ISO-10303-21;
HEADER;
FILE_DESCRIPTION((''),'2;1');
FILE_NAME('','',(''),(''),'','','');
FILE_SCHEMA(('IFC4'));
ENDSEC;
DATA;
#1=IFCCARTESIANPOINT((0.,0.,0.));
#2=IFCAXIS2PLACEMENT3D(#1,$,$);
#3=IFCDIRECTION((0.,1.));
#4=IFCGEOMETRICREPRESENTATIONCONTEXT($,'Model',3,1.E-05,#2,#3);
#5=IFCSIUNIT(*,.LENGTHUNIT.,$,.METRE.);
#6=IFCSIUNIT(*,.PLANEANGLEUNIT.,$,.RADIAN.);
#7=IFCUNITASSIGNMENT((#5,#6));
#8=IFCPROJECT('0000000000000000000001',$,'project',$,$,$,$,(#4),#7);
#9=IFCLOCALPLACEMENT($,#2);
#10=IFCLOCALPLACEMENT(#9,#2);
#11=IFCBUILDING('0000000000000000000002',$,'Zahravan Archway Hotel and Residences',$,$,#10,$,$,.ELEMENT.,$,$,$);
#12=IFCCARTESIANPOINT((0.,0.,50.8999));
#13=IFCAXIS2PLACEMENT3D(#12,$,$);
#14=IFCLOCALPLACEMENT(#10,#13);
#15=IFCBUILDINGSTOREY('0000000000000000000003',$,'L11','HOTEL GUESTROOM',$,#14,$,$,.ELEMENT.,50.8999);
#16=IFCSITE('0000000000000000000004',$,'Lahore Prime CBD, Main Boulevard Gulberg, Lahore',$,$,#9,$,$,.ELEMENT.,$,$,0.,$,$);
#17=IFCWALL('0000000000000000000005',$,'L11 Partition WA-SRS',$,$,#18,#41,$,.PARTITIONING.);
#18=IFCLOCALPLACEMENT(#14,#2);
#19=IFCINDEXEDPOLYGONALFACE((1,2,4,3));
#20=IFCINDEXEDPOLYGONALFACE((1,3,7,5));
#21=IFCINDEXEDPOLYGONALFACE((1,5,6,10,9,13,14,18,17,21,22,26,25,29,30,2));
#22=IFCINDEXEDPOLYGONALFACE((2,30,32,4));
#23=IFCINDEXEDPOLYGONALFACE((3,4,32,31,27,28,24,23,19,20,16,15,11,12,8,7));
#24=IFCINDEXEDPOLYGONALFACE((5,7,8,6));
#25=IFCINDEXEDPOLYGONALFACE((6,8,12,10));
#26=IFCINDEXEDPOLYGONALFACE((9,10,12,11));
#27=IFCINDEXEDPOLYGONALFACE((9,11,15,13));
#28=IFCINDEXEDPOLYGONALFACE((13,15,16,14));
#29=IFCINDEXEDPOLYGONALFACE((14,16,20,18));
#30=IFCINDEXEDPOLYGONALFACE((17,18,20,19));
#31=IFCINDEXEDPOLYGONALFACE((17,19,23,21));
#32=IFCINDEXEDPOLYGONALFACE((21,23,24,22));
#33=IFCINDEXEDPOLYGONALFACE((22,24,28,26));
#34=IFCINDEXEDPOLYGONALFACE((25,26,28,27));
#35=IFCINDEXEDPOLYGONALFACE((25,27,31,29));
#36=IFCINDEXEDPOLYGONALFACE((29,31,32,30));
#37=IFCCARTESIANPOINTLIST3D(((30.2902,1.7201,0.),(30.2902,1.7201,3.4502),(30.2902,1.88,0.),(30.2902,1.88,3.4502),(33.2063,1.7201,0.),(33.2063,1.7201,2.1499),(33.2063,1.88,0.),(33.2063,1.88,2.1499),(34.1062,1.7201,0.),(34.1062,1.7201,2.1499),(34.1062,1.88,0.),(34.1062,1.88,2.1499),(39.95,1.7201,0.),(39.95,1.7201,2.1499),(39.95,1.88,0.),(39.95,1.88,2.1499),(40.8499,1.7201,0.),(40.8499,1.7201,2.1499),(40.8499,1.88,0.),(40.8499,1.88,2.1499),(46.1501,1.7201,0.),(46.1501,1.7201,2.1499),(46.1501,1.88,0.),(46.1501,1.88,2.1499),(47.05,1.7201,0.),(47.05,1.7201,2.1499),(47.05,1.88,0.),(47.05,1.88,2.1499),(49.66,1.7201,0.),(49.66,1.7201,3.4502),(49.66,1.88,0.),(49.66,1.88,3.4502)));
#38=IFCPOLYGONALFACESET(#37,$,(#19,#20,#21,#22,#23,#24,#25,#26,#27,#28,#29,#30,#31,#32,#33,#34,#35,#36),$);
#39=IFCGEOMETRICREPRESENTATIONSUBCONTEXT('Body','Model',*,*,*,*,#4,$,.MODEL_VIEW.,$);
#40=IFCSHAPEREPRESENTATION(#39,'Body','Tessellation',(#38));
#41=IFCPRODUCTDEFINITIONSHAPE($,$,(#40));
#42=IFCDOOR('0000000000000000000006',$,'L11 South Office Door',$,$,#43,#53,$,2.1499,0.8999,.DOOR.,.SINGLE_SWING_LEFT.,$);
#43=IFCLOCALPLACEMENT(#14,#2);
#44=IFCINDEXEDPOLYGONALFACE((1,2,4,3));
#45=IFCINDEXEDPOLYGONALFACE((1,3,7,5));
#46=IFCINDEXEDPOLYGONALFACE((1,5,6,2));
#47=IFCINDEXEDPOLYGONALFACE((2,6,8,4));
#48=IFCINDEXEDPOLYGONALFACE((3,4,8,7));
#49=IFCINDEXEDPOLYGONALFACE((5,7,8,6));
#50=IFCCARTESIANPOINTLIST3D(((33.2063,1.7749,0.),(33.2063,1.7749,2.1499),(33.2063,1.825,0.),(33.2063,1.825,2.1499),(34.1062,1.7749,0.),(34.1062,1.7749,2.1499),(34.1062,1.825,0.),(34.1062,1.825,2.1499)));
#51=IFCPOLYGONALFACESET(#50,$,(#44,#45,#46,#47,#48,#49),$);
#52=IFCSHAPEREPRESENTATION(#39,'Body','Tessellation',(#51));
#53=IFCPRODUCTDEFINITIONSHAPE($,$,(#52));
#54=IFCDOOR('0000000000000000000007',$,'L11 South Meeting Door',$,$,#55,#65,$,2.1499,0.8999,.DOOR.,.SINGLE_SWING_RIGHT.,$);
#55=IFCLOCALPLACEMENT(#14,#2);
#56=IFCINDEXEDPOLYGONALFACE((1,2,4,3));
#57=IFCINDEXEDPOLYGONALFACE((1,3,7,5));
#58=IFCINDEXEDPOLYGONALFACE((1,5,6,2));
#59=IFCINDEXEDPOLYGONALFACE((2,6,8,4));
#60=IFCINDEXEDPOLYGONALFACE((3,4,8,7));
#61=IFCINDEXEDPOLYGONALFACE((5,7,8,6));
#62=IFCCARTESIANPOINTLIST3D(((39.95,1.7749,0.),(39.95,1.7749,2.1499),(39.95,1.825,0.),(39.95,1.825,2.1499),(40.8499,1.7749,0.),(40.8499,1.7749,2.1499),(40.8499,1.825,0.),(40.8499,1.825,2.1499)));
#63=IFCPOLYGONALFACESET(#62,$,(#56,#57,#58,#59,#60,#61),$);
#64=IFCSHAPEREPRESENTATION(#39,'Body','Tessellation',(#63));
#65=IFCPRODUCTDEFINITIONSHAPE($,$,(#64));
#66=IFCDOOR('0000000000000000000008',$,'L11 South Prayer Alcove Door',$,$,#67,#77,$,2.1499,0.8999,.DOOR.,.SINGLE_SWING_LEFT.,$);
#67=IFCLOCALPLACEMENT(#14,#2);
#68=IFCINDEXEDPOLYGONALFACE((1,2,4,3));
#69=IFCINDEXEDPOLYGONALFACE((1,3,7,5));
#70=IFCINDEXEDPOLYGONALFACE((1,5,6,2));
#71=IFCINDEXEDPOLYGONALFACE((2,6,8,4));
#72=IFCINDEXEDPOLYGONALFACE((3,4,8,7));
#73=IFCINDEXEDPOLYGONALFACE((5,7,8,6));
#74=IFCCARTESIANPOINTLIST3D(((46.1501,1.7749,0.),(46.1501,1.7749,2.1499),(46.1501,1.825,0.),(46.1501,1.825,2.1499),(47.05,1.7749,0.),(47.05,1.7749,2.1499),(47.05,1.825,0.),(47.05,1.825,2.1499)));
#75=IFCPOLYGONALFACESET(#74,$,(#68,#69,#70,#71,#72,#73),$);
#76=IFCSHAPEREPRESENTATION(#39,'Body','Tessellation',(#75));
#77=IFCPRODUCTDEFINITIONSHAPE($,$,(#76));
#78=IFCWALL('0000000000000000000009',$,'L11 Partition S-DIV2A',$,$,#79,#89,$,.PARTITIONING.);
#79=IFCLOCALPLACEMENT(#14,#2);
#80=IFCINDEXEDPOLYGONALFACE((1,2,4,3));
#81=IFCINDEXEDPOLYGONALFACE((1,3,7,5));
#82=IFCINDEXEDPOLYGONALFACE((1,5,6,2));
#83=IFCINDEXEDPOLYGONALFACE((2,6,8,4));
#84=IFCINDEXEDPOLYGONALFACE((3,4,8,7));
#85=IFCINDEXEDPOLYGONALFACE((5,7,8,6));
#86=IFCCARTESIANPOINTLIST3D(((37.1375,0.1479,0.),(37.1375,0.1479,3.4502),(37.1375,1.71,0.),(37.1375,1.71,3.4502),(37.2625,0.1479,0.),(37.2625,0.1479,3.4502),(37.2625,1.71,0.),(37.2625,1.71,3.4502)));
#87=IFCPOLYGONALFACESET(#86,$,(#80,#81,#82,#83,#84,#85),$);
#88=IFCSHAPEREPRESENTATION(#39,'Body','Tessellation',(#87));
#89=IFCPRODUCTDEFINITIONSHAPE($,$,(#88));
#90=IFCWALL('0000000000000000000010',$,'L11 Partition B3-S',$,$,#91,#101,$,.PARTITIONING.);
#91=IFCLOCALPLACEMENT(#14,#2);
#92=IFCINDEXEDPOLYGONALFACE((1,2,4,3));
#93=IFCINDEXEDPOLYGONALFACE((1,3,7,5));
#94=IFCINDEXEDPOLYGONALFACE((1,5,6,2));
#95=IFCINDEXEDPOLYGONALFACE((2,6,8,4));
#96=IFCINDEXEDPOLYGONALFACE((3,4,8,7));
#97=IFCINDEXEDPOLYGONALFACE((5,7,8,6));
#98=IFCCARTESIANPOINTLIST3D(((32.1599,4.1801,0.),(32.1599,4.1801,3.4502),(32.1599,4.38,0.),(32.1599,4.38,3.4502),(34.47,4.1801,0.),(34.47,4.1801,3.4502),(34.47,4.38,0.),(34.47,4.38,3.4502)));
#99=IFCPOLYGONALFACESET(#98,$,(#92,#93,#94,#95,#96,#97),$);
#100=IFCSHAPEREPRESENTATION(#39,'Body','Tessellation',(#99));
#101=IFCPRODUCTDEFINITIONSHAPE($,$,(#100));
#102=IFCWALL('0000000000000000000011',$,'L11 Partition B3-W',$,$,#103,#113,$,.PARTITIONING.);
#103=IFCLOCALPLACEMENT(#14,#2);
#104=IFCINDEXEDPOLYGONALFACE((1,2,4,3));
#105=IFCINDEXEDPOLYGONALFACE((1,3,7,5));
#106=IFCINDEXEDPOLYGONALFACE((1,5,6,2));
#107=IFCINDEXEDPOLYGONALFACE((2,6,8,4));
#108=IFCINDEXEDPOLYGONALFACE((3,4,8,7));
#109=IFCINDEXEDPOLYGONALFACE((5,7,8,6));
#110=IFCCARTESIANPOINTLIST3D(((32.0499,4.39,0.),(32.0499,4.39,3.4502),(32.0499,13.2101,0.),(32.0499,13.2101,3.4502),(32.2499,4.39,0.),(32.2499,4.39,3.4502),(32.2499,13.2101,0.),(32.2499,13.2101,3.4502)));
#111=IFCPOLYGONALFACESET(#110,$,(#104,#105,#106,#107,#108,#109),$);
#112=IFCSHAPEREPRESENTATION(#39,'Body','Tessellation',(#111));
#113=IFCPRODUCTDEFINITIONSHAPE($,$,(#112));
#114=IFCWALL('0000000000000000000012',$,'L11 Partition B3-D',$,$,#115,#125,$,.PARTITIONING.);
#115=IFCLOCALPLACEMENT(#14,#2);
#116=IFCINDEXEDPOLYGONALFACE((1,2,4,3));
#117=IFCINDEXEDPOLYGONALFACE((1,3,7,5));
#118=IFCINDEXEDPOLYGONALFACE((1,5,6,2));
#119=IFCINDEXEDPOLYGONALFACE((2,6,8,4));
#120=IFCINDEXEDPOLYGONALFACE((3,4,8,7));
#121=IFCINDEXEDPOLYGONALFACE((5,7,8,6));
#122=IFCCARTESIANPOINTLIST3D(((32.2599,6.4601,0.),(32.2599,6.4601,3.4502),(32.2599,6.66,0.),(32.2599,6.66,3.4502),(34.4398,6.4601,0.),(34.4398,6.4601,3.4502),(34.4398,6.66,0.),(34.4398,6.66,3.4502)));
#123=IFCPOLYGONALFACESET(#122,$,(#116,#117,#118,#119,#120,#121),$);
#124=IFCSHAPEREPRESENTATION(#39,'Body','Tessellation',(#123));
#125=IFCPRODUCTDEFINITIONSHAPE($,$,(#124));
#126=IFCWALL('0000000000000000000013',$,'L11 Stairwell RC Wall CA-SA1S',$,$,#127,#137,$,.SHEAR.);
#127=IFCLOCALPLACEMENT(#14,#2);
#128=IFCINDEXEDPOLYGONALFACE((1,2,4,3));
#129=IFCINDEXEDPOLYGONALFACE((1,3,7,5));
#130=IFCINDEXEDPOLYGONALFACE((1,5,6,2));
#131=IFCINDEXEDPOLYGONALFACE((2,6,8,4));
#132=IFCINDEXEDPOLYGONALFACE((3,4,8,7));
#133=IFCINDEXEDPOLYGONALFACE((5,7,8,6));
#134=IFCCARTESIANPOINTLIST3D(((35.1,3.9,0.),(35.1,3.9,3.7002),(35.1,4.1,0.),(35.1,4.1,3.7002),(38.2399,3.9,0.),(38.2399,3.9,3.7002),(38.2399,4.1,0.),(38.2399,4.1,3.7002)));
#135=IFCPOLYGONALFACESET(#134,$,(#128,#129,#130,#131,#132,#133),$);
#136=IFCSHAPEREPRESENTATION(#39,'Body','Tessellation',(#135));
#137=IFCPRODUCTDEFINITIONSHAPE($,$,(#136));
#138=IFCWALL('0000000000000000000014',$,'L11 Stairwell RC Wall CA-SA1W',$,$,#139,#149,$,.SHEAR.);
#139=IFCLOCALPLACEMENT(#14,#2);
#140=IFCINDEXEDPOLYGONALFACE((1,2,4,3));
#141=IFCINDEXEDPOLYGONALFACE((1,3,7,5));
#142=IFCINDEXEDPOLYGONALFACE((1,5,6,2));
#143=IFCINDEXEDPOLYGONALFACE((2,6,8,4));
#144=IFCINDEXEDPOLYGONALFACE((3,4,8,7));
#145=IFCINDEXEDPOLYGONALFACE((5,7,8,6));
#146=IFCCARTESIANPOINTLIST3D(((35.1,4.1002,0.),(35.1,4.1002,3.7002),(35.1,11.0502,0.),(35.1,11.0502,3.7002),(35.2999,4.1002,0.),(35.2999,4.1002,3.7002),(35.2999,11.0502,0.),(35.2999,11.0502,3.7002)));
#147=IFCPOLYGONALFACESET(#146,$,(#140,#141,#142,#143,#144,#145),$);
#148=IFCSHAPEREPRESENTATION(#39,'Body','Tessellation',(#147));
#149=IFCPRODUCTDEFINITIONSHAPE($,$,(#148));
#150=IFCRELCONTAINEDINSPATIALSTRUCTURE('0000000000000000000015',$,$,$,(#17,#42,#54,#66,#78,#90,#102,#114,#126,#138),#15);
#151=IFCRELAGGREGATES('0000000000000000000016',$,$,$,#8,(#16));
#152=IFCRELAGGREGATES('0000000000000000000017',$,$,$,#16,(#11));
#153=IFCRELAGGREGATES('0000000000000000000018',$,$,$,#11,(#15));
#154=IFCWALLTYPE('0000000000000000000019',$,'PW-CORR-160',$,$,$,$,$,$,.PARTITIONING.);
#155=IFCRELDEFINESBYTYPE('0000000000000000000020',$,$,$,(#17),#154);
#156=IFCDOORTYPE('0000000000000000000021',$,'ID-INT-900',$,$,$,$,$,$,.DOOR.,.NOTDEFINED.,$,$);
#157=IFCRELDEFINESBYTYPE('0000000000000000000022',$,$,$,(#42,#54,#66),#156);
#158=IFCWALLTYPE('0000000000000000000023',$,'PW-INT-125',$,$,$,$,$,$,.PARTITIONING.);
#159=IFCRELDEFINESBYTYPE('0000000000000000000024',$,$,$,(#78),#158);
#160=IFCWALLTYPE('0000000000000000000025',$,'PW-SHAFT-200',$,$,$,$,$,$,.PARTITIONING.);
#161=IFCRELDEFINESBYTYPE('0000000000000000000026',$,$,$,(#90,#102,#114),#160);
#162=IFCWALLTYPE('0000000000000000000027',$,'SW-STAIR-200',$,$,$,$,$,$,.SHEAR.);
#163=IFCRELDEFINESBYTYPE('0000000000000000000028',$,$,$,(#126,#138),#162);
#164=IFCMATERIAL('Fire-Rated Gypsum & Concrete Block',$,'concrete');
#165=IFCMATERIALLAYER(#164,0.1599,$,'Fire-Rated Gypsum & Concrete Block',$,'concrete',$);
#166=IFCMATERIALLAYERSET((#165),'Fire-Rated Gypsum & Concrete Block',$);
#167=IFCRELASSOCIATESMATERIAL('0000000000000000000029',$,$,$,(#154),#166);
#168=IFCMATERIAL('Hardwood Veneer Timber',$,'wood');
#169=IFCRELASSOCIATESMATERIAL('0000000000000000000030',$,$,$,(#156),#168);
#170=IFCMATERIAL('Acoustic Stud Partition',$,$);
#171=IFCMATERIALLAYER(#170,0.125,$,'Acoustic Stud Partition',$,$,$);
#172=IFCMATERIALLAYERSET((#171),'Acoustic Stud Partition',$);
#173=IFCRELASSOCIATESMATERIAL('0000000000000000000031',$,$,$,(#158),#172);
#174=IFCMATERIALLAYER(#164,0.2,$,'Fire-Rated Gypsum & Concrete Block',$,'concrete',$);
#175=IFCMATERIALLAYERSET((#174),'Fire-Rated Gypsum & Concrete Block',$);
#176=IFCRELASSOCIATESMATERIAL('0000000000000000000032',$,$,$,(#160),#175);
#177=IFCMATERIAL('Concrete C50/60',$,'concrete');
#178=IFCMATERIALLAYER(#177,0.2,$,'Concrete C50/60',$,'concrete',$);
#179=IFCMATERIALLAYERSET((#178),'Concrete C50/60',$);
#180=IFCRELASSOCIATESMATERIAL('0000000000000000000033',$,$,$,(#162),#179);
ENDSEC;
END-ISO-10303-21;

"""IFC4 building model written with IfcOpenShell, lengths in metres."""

from ifc_helpers import new_model, si_unit, direction, frame, frame_2d, origin, place, context, subcontext, project, spatial, rectangle, extrude, source, transform, mapped, material, layer, layer_set, type_object, type_shapes, element, fill, save


model = new_model("IFC4")

# Units and contexts
model_context = context("Model", 3, precision=1e-05, world=origin(), true_north=direction((0.0, 1.0)))
body_context = subcontext(model_context, "Body", "Model", "MODEL_VIEW")
ifc_project = project(units=[si_unit("LENGTHUNIT", "METRE"), si_unit("PLANEANGLEUNIT", "RADIAN")], contexts=[model_context])

# Site, building, storey
site_placement = place(None, origin())
site = spatial("IfcSite", under=ifc_project, at=site_placement, Name="Lahore Prime CBD, Main Boulevard Gulberg, Lahore", CompositionType="ELEMENT", RefElevation=0.0)
building_placement = place(site_placement, origin())
building = spatial("IfcBuilding", under=site, at=building_placement, Name="Zahravan Archway Hotel and Residences", CompositionType="ELEMENT")
storey_placement = place(building_placement, frame((0.0, 0.0, 50.8999)))
storey = spatial("IfcBuildingStorey", under=building, at=storey_placement, Name="L11", Description="HOTEL GUESTROOM", CompositionType="ELEMENT", Elevation=50.8999)

# Shared definitions
ifc_material_1 = material(Name="Fire-Rated Gypsum & Concrete Block", Category="concrete")
ifc_layer_1 = layer(ifc_material_1, 0.1599, Name="Fire-Rated Gypsum & Concrete Block", Category="concrete")
ifc_layer_set_1 = layer_set([ifc_layer_1], Name="Fire-Rated Gypsum & Concrete Block")
wall_type_1 = type_object("IfcWallType", Name="PW-CORR-160", PredefinedType="PARTITIONING", material=ifc_layer_set_1)

# Wall, openings, doors
wall_1_placement = place(storey_placement, frame((30.29, 1.8, 0.0), z_axis=(0.0, 0.0, 1.0), x_axis=(1.0, 0.0, 0.0)))
wall_1 = element("IfcWall", 1, at=wall_1_placement, inside=storey, type_object=wall_type_1, Name="L11 Partition WA-SRS", PredefinedType="PARTITIONING", context=body_context, shape_type="SweptSolid", body=[
    extrude(rectangle(XDim=19.3699, YDim=0.1599, at=frame_2d((9.6851, 0.0))), origin(), (0.0, 0.0, 1.0), 3.4502),
])
opening_1_placement = place(wall_1_placement, frame((2.9163, 0.0, 0.0)))
opening_1 = element("IfcOpeningElement", 2, at=opening_1_placement, cuts=wall_1, PredefinedType="OPENING", context=body_context, shape_type="SweptSolid", body=[
    extrude(rectangle(XDim=0.8999, YDim=2.1499, at=frame_2d((0.45, 1.075))), frame((0.0, 0.0898, 0.0), z_axis=(0.0, -1.0, 0.0), x_axis=(1.0, 0.0, 0.0)), (0.0, 0.0, 1.0), 0.1799),
])
opening_2_placement = place(wall_1_placement, frame((9.6599, 0.0, 0.0)))
opening_2 = element("IfcOpeningElement", 3, at=opening_2_placement, cuts=wall_1, PredefinedType="OPENING", context=body_context, shape_type="SweptSolid", body=[
    extrude(rectangle(XDim=0.8999, YDim=2.1499, at=frame_2d((0.45, 1.075))), frame((0.0, 0.0898, 0.0), z_axis=(0.0, -1.0, 0.0), x_axis=(1.0, 0.0, 0.0)), (0.0, 0.0, 1.0), 0.1799),
])
opening_3_placement = place(wall_1_placement, frame((15.8601, 0.0, 0.0)))
opening_3 = element("IfcOpeningElement", 4, at=opening_3_placement, cuts=wall_1, PredefinedType="OPENING", context=body_context, shape_type="SweptSolid", body=[
    extrude(rectangle(XDim=0.8999, YDim=2.1499, at=frame_2d((0.45, 1.075))), frame((0.0, 0.0898, 0.0), z_axis=(0.0, -1.0, 0.0), x_axis=(1.0, 0.0, 0.0)), (0.0, 0.0, 1.0), 0.1799),
])
ifc_material_2 = material(Name="Hardwood Veneer Timber", Category="wood")
door_type_1 = type_object("IfcDoorType", Name="ID-INT-900", OperationType="NOTDEFINED", PredefinedType="DOOR", material=ifc_material_2)
shared_shape_1 = source(origin(), body_context, "Body", "SweptSolid", [
    extrude(rectangle(XDim=0.8999, YDim=2.1499, at=frame_2d((0.45, 1.075))), frame((0.0, 0.0249, 0.0), z_axis=(0.0, -1.0, 0.0), x_axis=(1.0, 0.0, 0.0)), (0.0, 0.0, 1.0), 0.05),
])
type_shapes(door_type_1, [shared_shape_1])
door_1_placement = place(opening_1_placement, origin())
door_1 = element("IfcDoor", 5, at=door_1_placement, inside=storey, type_object=door_type_1, Name="L11 South Office Door", OperationType="SINGLE_SWING_LEFT", OverallHeight=2.1499, OverallWidth=0.8999, PredefinedType="DOOR", context=body_context, shape_type="MappedRepresentation", body=[
    mapped(shared_shape_1, transform((0.0, 0.0, 0.0), scale=1.0)),
])
fill(opening_1, door_1)
door_2_placement = place(opening_2_placement, origin())
door_2 = element("IfcDoor", 6, at=door_2_placement, inside=storey, type_object=door_type_1, Name="L11 South Meeting Door", OperationType="SINGLE_SWING_RIGHT", OverallHeight=2.1499, OverallWidth=0.8999, PredefinedType="DOOR", context=body_context, shape_type="MappedRepresentation", body=[
    mapped(shared_shape_1, transform((0.0, 0.0, 0.0), scale=1.0)),
])
fill(opening_2, door_2)
door_3_placement = place(opening_3_placement, origin())
door_3 = element("IfcDoor", 7, at=door_3_placement, inside=storey, type_object=door_type_1, Name="L11 South Prayer Alcove Door", OperationType="SINGLE_SWING_LEFT", OverallHeight=2.1499, OverallWidth=0.8999, PredefinedType="DOOR", context=body_context, shape_type="MappedRepresentation", body=[
    mapped(shared_shape_1, transform((0.0, 0.0, 0.0), scale=1.0)),
])
fill(opening_3, door_3)

# Walls
ifc_material_3 = material(Name="Acoustic Stud Partition")
ifc_layer_2 = layer(ifc_material_3, 0.125, Name="Acoustic Stud Partition")
ifc_layer_set_2 = layer_set([ifc_layer_2], Name="Acoustic Stud Partition")
wall_type_2 = type_object("IfcWallType", Name="PW-INT-125", PredefinedType="PARTITIONING", material=ifc_layer_set_2)
wall_2_placement = place(storey_placement, frame((37.2, 0.1479, 0.0), z_axis=(0.0, 0.0, 1.0), x_axis=(0.0, 1.0, 0.0)))
element("IfcWall", 8, at=wall_2_placement, inside=storey, type_object=wall_type_2, Name="L11 Partition S-DIV2A", PredefinedType="PARTITIONING", context=body_context, shape_type="SweptSolid", body=[
    extrude(rectangle(XDim=1.562, YDim=0.125, at=frame_2d((0.781, 0.0))), origin(), (0.0, 0.0, 1.0), 3.4502),
])
ifc_layer_3 = layer(ifc_material_1, 0.2, Name="Fire-Rated Gypsum & Concrete Block", Category="concrete")
ifc_layer_set_3 = layer_set([ifc_layer_3], Name="Fire-Rated Gypsum & Concrete Block")
wall_type_3 = type_object("IfcWallType", Name="PW-SHAFT-200", PredefinedType="PARTITIONING", material=ifc_layer_set_3)
wall_3_placement = place(storey_placement, frame((32.1599, 4.28, 0.0), z_axis=(0.0, 0.0, 1.0), x_axis=(1.0, 0.0, 0.0)))
element("IfcWall", 9, at=wall_3_placement, inside=storey, type_object=wall_type_3, Name="L11 Partition B3-S", PredefinedType="PARTITIONING", context=body_context, shape_type="SweptSolid", body=[
    extrude(rectangle(XDim=2.3101, YDim=0.2, at=frame_2d((1.155, 0.0))), origin(), (0.0, 0.0, 1.0), 3.4502),
])
wall_4_placement = place(storey_placement, frame((32.1499, 4.3899, 0.0), z_axis=(0.0, 0.0, 1.0), x_axis=(0.0, 1.0, 0.0)))
element("IfcWall", 10, at=wall_4_placement, inside=storey, type_object=wall_type_3, Name="L11 Partition B3-W", PredefinedType="PARTITIONING", context=body_context, shape_type="SweptSolid", body=[
    extrude(rectangle(XDim=8.8201, YDim=0.2, at=frame_2d((4.4102, 0.0))), origin(), (0.0, 0.0, 1.0), 3.4502),
])
wall_5_placement = place(storey_placement, frame((32.26, 6.5601, 0.0), z_axis=(0.0, 0.0, 1.0), x_axis=(1.0, 0.0, 0.0)))
element("IfcWall", 11, at=wall_5_placement, inside=storey, type_object=wall_type_3, Name="L11 Partition B3-D", PredefinedType="PARTITIONING", context=body_context, shape_type="SweptSolid", body=[
    extrude(rectangle(XDim=2.1799, YDim=0.2, at=frame_2d((1.0898, 0.0))), origin(), (0.0, 0.0, 1.0), 3.4502),
])
ifc_material_4 = material(Name="Concrete C50/60", Category="concrete")
ifc_layer_4 = layer(ifc_material_4, 0.2, Name="Concrete C50/60", Category="concrete")
ifc_layer_set_4 = layer_set([ifc_layer_4], Name="Concrete C50/60")
wall_type_4 = type_object("IfcWallType", Name="SW-STAIR-200", PredefinedType="SHEAR", material=ifc_layer_set_4)
wall_6_placement = place(storey_placement, frame((35.1001, 4.0, 0.0), z_axis=(0.0, 0.0, 1.0), x_axis=(1.0, 0.0, 0.0)))
element("IfcWall", 12, at=wall_6_placement, inside=storey, type_object=wall_type_4, Name="L11 Stairwell RC Wall CA-SA1S", PredefinedType="SHEAR", context=body_context, shape_type="SweptSolid", body=[
    extrude(rectangle(XDim=3.1399, YDim=0.2, at=frame_2d((1.5698, 0.0))), origin(), (0.0, 0.0, 1.0), 3.7002),
])
wall_7_placement = place(storey_placement, frame((35.2, 4.1001, 0.0), z_axis=(0.0, 0.0, 1.0), x_axis=(0.0, 1.0, 0.0)))
element("IfcWall", 13, at=wall_7_placement, inside=storey, type_object=wall_type_4, Name="L11 Stairwell RC Wall CA-SA1W", PredefinedType="SHEAR", context=body_context, shape_type="SweptSolid", body=[
    extrude(rectangle(XDim=6.95, YDim=0.2, at=frame_2d((3.4751, 0.0))), origin(), (0.0, 0.0, 1.0), 3.7002),
])

save(model, "model.ifc")
